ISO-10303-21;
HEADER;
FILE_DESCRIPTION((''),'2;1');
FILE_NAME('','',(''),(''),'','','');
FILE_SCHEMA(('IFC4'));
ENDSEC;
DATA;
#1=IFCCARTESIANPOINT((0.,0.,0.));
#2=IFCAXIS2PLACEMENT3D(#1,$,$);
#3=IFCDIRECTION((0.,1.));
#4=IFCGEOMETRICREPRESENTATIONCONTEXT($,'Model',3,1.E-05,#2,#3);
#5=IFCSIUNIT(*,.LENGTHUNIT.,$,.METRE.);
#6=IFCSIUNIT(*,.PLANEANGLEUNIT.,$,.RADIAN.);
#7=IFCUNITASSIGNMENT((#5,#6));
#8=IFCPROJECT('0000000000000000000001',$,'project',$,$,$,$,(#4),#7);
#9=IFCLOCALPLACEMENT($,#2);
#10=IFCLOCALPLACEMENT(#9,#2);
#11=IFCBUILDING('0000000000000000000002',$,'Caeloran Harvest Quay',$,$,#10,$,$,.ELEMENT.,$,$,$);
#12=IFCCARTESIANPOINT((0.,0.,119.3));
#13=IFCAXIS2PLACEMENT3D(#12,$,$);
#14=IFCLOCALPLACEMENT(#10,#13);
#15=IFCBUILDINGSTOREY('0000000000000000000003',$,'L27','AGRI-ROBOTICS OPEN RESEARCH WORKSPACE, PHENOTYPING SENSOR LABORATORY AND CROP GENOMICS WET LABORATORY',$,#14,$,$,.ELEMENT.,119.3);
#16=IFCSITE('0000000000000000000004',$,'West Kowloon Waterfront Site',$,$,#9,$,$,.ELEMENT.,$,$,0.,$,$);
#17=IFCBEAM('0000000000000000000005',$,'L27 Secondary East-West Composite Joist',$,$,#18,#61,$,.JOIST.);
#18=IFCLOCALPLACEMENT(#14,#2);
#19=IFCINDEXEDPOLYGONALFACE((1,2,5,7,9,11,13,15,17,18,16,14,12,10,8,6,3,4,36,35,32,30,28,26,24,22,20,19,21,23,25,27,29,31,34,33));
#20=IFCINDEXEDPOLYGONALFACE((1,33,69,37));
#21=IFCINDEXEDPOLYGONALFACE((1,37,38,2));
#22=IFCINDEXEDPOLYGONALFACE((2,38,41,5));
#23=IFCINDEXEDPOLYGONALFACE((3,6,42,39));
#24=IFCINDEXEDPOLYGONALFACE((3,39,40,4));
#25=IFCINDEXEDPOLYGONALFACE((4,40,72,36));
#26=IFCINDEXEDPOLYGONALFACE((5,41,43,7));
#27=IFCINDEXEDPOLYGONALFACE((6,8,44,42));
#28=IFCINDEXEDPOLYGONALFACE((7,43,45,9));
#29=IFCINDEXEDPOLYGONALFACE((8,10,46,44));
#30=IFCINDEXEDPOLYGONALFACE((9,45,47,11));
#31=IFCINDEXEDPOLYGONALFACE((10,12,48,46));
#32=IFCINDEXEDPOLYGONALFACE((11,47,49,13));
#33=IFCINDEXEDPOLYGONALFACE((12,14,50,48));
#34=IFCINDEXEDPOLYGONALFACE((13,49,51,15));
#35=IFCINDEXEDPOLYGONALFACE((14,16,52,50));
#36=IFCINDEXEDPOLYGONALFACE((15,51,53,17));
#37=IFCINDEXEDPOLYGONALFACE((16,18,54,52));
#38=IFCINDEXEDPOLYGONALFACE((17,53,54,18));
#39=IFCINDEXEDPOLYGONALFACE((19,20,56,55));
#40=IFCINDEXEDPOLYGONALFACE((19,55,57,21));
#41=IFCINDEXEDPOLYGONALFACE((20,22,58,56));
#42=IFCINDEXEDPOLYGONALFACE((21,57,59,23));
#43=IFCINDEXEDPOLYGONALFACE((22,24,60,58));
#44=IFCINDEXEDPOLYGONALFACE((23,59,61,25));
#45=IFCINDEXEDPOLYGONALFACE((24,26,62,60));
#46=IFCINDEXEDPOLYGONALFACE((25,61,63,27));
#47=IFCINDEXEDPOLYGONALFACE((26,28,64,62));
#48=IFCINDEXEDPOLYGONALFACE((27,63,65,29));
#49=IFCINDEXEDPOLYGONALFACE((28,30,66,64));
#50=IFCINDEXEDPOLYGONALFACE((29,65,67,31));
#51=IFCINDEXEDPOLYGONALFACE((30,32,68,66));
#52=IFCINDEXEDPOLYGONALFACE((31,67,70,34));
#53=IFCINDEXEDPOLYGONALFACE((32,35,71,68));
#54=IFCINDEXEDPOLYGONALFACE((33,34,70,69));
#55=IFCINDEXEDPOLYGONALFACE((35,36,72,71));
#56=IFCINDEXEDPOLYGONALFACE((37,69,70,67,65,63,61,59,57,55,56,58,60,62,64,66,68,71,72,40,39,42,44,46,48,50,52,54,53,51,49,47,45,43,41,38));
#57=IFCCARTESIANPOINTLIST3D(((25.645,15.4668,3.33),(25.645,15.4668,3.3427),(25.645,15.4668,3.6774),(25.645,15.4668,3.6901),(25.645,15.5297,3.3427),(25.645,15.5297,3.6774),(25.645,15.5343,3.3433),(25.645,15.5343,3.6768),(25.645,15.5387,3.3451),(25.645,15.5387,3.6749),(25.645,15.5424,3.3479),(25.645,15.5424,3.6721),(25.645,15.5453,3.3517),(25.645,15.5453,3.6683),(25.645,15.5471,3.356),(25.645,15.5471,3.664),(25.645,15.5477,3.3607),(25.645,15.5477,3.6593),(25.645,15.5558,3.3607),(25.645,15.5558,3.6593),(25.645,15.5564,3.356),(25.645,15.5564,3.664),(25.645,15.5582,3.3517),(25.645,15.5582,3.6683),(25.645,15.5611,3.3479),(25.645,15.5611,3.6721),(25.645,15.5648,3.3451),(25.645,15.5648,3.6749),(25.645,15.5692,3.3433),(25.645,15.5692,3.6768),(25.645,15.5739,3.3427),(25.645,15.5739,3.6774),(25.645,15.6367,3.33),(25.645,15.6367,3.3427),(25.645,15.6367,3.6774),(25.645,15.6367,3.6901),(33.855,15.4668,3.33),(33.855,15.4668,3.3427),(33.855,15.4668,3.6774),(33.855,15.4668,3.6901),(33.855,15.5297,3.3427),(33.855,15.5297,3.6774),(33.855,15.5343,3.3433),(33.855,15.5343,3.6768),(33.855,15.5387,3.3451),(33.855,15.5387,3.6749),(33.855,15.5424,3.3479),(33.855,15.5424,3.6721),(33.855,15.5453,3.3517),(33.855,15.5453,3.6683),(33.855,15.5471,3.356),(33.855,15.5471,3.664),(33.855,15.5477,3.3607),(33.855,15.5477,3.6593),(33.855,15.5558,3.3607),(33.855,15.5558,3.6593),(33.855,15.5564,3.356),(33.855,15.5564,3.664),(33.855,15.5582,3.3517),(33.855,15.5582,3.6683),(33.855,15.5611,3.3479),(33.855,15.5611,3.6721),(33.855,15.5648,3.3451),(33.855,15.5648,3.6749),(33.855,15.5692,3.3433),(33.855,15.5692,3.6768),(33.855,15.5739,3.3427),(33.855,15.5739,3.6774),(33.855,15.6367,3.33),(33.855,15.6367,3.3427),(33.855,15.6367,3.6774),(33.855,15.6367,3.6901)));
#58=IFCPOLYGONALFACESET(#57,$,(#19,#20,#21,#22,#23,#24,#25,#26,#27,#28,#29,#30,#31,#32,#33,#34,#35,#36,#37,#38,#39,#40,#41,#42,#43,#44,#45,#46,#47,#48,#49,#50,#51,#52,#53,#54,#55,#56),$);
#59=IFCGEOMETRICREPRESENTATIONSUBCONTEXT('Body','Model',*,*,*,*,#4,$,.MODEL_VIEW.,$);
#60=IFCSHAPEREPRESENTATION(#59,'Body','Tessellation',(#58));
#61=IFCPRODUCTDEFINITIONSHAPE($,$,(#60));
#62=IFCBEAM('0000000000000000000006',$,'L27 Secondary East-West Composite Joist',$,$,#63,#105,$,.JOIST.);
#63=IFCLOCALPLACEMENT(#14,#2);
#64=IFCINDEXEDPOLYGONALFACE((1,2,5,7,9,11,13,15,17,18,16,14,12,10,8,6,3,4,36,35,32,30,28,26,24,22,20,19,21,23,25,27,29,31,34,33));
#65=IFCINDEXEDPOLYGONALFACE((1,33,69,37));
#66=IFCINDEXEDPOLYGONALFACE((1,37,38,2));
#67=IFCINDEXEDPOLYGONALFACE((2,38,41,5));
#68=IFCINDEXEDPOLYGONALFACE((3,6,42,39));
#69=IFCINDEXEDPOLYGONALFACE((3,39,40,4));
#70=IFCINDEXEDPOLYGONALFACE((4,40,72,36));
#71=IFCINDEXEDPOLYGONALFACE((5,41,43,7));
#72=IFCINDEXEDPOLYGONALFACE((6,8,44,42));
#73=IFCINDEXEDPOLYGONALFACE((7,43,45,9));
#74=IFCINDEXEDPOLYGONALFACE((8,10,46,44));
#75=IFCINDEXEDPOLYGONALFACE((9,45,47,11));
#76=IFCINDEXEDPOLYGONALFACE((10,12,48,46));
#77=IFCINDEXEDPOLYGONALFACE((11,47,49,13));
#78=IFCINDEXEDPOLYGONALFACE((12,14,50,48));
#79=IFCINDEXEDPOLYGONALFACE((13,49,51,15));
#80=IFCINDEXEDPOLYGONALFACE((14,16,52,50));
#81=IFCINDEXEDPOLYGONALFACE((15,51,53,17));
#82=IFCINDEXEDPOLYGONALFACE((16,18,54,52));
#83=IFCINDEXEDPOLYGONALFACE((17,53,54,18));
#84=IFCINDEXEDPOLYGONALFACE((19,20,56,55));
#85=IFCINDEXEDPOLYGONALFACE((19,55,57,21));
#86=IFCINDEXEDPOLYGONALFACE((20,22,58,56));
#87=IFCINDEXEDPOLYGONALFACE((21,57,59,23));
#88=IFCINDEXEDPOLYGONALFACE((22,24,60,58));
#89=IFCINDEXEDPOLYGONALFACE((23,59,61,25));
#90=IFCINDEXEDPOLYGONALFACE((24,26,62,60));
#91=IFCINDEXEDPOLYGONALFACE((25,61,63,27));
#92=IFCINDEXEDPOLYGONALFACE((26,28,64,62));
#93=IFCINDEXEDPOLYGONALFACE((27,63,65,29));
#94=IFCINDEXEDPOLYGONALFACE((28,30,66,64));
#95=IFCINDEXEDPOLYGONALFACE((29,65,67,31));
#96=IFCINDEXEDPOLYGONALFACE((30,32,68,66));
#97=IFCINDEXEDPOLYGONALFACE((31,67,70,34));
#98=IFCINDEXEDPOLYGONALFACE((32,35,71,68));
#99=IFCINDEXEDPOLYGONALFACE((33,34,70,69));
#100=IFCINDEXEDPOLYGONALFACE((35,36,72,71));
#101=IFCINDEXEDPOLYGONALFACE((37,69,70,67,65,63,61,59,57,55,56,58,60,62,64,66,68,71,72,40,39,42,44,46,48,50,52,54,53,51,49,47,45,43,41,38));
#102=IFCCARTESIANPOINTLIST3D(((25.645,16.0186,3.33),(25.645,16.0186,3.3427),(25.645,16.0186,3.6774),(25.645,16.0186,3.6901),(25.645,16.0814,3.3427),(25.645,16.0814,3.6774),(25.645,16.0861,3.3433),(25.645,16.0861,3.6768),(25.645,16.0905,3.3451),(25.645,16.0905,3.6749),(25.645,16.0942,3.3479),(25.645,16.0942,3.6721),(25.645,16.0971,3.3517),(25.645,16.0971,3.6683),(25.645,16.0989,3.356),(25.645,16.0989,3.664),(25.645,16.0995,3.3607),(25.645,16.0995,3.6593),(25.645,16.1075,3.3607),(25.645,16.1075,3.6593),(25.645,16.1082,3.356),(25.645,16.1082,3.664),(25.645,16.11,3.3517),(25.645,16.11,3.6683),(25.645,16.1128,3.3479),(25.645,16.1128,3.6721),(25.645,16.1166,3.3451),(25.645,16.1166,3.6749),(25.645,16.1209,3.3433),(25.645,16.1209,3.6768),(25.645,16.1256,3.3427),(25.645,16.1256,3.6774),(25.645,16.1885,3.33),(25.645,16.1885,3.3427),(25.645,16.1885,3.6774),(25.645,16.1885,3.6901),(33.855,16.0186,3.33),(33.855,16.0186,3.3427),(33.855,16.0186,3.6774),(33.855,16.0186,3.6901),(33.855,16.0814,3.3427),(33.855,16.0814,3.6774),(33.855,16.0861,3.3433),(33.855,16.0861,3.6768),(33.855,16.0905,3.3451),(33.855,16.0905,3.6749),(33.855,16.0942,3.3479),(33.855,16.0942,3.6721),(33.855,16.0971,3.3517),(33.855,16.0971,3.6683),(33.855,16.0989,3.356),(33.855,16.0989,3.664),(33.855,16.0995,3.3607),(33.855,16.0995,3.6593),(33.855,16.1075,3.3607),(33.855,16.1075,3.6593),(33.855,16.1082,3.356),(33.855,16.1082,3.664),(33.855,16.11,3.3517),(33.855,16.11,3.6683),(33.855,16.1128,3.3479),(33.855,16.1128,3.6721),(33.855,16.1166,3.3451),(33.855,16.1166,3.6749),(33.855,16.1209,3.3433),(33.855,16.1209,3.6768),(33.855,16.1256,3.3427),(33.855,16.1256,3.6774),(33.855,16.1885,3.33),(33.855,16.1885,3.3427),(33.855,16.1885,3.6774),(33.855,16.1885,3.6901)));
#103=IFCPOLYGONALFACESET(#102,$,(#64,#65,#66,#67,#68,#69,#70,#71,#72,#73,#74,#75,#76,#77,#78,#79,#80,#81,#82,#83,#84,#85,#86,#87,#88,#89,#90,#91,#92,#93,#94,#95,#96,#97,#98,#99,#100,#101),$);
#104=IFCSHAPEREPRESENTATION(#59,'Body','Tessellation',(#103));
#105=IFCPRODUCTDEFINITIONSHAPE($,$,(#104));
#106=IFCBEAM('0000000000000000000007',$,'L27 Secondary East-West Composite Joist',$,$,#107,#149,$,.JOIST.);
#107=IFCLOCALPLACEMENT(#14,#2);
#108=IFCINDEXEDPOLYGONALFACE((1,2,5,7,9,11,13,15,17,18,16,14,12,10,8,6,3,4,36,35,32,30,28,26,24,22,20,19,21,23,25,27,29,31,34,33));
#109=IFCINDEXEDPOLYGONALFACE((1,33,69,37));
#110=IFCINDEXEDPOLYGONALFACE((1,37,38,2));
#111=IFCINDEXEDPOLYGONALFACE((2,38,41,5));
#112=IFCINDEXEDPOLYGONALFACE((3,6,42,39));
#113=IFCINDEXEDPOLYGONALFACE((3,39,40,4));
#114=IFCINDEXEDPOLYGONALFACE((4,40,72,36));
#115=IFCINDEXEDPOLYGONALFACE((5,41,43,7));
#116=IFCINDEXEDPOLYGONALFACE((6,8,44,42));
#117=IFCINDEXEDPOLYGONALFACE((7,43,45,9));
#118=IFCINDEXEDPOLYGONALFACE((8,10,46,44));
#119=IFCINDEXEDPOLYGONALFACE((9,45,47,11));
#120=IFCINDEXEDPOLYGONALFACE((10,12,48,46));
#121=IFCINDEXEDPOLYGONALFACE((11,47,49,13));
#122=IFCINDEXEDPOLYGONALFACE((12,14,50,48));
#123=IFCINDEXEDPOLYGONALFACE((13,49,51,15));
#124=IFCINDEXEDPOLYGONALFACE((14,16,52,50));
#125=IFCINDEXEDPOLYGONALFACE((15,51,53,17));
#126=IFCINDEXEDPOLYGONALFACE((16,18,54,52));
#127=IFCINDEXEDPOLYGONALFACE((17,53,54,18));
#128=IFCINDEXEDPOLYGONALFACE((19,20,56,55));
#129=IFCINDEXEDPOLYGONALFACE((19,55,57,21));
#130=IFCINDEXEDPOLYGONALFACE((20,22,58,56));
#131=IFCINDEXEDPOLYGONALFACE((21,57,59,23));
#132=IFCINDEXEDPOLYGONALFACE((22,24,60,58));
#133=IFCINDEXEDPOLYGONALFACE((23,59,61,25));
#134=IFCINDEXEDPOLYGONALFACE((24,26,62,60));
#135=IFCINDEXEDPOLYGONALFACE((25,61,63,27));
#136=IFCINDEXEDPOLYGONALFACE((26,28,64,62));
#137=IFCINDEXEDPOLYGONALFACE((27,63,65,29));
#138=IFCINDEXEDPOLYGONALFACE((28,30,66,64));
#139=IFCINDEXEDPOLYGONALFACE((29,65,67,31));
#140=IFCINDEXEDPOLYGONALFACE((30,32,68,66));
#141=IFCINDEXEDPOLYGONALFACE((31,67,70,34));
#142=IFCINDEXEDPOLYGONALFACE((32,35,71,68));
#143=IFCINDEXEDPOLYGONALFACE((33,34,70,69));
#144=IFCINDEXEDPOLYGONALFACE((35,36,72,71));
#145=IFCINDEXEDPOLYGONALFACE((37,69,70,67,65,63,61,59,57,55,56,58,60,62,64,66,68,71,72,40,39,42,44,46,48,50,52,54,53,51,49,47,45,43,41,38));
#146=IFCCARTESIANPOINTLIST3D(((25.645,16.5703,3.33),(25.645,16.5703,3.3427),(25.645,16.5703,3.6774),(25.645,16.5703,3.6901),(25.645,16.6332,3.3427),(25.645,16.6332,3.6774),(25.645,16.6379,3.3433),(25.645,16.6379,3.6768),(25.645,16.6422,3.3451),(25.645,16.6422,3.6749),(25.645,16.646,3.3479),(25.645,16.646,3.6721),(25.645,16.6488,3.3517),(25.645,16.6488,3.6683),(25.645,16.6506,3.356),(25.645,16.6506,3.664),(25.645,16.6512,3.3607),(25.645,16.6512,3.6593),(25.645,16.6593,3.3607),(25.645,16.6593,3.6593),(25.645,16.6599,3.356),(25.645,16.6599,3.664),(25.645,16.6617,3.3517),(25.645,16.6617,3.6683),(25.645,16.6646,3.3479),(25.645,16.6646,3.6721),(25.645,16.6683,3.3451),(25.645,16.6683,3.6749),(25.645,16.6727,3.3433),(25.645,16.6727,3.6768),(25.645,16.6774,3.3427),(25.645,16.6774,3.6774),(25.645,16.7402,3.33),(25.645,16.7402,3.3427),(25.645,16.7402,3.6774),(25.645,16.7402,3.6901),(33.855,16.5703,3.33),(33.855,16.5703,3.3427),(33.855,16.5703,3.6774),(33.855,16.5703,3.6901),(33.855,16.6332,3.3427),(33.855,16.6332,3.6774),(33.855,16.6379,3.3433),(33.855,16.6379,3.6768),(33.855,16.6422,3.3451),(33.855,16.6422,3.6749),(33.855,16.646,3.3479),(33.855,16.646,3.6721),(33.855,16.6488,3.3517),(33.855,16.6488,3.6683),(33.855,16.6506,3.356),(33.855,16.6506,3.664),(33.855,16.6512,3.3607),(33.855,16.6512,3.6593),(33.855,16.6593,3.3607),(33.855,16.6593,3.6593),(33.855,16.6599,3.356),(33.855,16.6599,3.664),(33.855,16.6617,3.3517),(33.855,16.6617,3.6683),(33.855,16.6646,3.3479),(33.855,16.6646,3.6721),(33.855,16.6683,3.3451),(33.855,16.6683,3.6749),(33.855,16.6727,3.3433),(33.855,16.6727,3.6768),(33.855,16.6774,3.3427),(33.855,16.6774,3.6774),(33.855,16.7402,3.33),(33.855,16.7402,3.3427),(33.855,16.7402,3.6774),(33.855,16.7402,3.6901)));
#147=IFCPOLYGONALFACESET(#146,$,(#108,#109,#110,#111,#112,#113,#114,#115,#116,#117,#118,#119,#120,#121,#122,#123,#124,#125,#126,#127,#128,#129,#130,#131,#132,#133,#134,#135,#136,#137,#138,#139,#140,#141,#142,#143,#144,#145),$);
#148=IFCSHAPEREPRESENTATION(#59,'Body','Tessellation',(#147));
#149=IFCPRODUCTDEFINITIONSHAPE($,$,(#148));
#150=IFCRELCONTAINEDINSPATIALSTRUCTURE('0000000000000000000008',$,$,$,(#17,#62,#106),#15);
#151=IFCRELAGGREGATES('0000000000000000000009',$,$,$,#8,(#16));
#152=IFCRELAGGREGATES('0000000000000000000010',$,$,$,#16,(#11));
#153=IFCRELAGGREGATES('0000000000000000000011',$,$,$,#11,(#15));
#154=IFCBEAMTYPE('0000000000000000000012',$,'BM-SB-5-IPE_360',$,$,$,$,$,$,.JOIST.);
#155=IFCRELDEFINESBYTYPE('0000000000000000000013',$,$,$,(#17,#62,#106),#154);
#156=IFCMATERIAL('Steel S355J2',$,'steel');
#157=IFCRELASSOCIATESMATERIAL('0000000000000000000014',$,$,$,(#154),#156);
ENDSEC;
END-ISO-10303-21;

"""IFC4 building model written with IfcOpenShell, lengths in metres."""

from ifc_helpers import new_model, si_unit, direction, frame, origin, origin_2d, place, context, subcontext, project, spatial, i_section, extrude, material, material_profile, profile_set, type_object, element, save


model = new_model("IFC4")

# Units and contexts
model_context = context("Model", 3, precision=1e-05, world=origin(), true_north=direction((0.0, 1.0)))
body_context = subcontext(model_context, "Body", "Model", "MODEL_VIEW")
ifc_project = project(units=[si_unit("LENGTHUNIT", "METRE"), si_unit("PLANEANGLEUNIT", "RADIAN")], contexts=[model_context])

# Site, building, storey
site_placement = place(None, origin())
site = spatial("IfcSite", under=ifc_project, at=site_placement, Name="West Kowloon Waterfront Site", CompositionType="ELEMENT", RefElevation=0.0)
building_placement = place(site_placement, origin())
building = spatial("IfcBuilding", under=site, at=building_placement, Name="Caeloran Harvest Quay", CompositionType="ELEMENT")
storey_placement = place(building_placement, frame((0.0, 0.0, 119.3)))
storey = spatial("IfcBuildingStorey", under=building, at=storey_placement, Name="L27", Description="AGRI-ROBOTICS OPEN RESEARCH WORKSPACE, PHENOTYPING SENSOR LABORATORY AND CROP GENOMICS WET LABORATORY", CompositionType="ELEMENT", Elevation=119.3)

# Beams
ifc_material_1 = material(Name="Steel S355J2", Category="steel")
ifc_material_profile_1 = material_profile(ifc_material_1, i_section(OverallWidth=0.1699, OverallDepth=0.3601, WebThickness=0.0081, FlangeThickness=0.0127, FilletRadius=0.0181, at=origin_2d()), Name="IPE 360")
ifc_profile_set_1 = profile_set([ifc_material_profile_1], Name="Steel S355J2")
beam_type_1 = type_object("IfcBeamType", Name="BM-SB-5-IPE_360", PredefinedType="JOIST", material=ifc_profile_set_1)
for number, where, z_axis, x_axis, name in (
    (1, (25.645, 15.5518, 3.51), (1.0, 0.0, 0.0), (0.0, 1.0, 0.0), "L27 Secondary East-West Composite Joist"),
    (2, (25.645, 16.1035, 3.51), (1.0, 0.0, 0.0), (0.0, 1.0, 0.0), "L27 Secondary East-West Composite Joist"),
    (3, (25.645, 16.6553, 3.51), (1.0, 0.0, 0.0), (0.0, 1.0, 0.0), "L27 Secondary East-West Composite Joist"),
):
    element("IfcBeam", number, at=place(storey_placement, frame(where, z_axis=z_axis, x_axis=x_axis)), inside=storey, type_object=beam_type_1, Name=name, PredefinedType="JOIST", context=body_context, shape_type="SweptSolid", body=[
        extrude(i_section(OverallWidth=0.1699, OverallDepth=0.3601, WebThickness=0.0081, FlangeThickness=0.0127, FilletRadius=0.0181, at=origin_2d()), origin(), (0.0, 0.0, 1.0), 8.21),
    ])

save(model, "model.ifc")
